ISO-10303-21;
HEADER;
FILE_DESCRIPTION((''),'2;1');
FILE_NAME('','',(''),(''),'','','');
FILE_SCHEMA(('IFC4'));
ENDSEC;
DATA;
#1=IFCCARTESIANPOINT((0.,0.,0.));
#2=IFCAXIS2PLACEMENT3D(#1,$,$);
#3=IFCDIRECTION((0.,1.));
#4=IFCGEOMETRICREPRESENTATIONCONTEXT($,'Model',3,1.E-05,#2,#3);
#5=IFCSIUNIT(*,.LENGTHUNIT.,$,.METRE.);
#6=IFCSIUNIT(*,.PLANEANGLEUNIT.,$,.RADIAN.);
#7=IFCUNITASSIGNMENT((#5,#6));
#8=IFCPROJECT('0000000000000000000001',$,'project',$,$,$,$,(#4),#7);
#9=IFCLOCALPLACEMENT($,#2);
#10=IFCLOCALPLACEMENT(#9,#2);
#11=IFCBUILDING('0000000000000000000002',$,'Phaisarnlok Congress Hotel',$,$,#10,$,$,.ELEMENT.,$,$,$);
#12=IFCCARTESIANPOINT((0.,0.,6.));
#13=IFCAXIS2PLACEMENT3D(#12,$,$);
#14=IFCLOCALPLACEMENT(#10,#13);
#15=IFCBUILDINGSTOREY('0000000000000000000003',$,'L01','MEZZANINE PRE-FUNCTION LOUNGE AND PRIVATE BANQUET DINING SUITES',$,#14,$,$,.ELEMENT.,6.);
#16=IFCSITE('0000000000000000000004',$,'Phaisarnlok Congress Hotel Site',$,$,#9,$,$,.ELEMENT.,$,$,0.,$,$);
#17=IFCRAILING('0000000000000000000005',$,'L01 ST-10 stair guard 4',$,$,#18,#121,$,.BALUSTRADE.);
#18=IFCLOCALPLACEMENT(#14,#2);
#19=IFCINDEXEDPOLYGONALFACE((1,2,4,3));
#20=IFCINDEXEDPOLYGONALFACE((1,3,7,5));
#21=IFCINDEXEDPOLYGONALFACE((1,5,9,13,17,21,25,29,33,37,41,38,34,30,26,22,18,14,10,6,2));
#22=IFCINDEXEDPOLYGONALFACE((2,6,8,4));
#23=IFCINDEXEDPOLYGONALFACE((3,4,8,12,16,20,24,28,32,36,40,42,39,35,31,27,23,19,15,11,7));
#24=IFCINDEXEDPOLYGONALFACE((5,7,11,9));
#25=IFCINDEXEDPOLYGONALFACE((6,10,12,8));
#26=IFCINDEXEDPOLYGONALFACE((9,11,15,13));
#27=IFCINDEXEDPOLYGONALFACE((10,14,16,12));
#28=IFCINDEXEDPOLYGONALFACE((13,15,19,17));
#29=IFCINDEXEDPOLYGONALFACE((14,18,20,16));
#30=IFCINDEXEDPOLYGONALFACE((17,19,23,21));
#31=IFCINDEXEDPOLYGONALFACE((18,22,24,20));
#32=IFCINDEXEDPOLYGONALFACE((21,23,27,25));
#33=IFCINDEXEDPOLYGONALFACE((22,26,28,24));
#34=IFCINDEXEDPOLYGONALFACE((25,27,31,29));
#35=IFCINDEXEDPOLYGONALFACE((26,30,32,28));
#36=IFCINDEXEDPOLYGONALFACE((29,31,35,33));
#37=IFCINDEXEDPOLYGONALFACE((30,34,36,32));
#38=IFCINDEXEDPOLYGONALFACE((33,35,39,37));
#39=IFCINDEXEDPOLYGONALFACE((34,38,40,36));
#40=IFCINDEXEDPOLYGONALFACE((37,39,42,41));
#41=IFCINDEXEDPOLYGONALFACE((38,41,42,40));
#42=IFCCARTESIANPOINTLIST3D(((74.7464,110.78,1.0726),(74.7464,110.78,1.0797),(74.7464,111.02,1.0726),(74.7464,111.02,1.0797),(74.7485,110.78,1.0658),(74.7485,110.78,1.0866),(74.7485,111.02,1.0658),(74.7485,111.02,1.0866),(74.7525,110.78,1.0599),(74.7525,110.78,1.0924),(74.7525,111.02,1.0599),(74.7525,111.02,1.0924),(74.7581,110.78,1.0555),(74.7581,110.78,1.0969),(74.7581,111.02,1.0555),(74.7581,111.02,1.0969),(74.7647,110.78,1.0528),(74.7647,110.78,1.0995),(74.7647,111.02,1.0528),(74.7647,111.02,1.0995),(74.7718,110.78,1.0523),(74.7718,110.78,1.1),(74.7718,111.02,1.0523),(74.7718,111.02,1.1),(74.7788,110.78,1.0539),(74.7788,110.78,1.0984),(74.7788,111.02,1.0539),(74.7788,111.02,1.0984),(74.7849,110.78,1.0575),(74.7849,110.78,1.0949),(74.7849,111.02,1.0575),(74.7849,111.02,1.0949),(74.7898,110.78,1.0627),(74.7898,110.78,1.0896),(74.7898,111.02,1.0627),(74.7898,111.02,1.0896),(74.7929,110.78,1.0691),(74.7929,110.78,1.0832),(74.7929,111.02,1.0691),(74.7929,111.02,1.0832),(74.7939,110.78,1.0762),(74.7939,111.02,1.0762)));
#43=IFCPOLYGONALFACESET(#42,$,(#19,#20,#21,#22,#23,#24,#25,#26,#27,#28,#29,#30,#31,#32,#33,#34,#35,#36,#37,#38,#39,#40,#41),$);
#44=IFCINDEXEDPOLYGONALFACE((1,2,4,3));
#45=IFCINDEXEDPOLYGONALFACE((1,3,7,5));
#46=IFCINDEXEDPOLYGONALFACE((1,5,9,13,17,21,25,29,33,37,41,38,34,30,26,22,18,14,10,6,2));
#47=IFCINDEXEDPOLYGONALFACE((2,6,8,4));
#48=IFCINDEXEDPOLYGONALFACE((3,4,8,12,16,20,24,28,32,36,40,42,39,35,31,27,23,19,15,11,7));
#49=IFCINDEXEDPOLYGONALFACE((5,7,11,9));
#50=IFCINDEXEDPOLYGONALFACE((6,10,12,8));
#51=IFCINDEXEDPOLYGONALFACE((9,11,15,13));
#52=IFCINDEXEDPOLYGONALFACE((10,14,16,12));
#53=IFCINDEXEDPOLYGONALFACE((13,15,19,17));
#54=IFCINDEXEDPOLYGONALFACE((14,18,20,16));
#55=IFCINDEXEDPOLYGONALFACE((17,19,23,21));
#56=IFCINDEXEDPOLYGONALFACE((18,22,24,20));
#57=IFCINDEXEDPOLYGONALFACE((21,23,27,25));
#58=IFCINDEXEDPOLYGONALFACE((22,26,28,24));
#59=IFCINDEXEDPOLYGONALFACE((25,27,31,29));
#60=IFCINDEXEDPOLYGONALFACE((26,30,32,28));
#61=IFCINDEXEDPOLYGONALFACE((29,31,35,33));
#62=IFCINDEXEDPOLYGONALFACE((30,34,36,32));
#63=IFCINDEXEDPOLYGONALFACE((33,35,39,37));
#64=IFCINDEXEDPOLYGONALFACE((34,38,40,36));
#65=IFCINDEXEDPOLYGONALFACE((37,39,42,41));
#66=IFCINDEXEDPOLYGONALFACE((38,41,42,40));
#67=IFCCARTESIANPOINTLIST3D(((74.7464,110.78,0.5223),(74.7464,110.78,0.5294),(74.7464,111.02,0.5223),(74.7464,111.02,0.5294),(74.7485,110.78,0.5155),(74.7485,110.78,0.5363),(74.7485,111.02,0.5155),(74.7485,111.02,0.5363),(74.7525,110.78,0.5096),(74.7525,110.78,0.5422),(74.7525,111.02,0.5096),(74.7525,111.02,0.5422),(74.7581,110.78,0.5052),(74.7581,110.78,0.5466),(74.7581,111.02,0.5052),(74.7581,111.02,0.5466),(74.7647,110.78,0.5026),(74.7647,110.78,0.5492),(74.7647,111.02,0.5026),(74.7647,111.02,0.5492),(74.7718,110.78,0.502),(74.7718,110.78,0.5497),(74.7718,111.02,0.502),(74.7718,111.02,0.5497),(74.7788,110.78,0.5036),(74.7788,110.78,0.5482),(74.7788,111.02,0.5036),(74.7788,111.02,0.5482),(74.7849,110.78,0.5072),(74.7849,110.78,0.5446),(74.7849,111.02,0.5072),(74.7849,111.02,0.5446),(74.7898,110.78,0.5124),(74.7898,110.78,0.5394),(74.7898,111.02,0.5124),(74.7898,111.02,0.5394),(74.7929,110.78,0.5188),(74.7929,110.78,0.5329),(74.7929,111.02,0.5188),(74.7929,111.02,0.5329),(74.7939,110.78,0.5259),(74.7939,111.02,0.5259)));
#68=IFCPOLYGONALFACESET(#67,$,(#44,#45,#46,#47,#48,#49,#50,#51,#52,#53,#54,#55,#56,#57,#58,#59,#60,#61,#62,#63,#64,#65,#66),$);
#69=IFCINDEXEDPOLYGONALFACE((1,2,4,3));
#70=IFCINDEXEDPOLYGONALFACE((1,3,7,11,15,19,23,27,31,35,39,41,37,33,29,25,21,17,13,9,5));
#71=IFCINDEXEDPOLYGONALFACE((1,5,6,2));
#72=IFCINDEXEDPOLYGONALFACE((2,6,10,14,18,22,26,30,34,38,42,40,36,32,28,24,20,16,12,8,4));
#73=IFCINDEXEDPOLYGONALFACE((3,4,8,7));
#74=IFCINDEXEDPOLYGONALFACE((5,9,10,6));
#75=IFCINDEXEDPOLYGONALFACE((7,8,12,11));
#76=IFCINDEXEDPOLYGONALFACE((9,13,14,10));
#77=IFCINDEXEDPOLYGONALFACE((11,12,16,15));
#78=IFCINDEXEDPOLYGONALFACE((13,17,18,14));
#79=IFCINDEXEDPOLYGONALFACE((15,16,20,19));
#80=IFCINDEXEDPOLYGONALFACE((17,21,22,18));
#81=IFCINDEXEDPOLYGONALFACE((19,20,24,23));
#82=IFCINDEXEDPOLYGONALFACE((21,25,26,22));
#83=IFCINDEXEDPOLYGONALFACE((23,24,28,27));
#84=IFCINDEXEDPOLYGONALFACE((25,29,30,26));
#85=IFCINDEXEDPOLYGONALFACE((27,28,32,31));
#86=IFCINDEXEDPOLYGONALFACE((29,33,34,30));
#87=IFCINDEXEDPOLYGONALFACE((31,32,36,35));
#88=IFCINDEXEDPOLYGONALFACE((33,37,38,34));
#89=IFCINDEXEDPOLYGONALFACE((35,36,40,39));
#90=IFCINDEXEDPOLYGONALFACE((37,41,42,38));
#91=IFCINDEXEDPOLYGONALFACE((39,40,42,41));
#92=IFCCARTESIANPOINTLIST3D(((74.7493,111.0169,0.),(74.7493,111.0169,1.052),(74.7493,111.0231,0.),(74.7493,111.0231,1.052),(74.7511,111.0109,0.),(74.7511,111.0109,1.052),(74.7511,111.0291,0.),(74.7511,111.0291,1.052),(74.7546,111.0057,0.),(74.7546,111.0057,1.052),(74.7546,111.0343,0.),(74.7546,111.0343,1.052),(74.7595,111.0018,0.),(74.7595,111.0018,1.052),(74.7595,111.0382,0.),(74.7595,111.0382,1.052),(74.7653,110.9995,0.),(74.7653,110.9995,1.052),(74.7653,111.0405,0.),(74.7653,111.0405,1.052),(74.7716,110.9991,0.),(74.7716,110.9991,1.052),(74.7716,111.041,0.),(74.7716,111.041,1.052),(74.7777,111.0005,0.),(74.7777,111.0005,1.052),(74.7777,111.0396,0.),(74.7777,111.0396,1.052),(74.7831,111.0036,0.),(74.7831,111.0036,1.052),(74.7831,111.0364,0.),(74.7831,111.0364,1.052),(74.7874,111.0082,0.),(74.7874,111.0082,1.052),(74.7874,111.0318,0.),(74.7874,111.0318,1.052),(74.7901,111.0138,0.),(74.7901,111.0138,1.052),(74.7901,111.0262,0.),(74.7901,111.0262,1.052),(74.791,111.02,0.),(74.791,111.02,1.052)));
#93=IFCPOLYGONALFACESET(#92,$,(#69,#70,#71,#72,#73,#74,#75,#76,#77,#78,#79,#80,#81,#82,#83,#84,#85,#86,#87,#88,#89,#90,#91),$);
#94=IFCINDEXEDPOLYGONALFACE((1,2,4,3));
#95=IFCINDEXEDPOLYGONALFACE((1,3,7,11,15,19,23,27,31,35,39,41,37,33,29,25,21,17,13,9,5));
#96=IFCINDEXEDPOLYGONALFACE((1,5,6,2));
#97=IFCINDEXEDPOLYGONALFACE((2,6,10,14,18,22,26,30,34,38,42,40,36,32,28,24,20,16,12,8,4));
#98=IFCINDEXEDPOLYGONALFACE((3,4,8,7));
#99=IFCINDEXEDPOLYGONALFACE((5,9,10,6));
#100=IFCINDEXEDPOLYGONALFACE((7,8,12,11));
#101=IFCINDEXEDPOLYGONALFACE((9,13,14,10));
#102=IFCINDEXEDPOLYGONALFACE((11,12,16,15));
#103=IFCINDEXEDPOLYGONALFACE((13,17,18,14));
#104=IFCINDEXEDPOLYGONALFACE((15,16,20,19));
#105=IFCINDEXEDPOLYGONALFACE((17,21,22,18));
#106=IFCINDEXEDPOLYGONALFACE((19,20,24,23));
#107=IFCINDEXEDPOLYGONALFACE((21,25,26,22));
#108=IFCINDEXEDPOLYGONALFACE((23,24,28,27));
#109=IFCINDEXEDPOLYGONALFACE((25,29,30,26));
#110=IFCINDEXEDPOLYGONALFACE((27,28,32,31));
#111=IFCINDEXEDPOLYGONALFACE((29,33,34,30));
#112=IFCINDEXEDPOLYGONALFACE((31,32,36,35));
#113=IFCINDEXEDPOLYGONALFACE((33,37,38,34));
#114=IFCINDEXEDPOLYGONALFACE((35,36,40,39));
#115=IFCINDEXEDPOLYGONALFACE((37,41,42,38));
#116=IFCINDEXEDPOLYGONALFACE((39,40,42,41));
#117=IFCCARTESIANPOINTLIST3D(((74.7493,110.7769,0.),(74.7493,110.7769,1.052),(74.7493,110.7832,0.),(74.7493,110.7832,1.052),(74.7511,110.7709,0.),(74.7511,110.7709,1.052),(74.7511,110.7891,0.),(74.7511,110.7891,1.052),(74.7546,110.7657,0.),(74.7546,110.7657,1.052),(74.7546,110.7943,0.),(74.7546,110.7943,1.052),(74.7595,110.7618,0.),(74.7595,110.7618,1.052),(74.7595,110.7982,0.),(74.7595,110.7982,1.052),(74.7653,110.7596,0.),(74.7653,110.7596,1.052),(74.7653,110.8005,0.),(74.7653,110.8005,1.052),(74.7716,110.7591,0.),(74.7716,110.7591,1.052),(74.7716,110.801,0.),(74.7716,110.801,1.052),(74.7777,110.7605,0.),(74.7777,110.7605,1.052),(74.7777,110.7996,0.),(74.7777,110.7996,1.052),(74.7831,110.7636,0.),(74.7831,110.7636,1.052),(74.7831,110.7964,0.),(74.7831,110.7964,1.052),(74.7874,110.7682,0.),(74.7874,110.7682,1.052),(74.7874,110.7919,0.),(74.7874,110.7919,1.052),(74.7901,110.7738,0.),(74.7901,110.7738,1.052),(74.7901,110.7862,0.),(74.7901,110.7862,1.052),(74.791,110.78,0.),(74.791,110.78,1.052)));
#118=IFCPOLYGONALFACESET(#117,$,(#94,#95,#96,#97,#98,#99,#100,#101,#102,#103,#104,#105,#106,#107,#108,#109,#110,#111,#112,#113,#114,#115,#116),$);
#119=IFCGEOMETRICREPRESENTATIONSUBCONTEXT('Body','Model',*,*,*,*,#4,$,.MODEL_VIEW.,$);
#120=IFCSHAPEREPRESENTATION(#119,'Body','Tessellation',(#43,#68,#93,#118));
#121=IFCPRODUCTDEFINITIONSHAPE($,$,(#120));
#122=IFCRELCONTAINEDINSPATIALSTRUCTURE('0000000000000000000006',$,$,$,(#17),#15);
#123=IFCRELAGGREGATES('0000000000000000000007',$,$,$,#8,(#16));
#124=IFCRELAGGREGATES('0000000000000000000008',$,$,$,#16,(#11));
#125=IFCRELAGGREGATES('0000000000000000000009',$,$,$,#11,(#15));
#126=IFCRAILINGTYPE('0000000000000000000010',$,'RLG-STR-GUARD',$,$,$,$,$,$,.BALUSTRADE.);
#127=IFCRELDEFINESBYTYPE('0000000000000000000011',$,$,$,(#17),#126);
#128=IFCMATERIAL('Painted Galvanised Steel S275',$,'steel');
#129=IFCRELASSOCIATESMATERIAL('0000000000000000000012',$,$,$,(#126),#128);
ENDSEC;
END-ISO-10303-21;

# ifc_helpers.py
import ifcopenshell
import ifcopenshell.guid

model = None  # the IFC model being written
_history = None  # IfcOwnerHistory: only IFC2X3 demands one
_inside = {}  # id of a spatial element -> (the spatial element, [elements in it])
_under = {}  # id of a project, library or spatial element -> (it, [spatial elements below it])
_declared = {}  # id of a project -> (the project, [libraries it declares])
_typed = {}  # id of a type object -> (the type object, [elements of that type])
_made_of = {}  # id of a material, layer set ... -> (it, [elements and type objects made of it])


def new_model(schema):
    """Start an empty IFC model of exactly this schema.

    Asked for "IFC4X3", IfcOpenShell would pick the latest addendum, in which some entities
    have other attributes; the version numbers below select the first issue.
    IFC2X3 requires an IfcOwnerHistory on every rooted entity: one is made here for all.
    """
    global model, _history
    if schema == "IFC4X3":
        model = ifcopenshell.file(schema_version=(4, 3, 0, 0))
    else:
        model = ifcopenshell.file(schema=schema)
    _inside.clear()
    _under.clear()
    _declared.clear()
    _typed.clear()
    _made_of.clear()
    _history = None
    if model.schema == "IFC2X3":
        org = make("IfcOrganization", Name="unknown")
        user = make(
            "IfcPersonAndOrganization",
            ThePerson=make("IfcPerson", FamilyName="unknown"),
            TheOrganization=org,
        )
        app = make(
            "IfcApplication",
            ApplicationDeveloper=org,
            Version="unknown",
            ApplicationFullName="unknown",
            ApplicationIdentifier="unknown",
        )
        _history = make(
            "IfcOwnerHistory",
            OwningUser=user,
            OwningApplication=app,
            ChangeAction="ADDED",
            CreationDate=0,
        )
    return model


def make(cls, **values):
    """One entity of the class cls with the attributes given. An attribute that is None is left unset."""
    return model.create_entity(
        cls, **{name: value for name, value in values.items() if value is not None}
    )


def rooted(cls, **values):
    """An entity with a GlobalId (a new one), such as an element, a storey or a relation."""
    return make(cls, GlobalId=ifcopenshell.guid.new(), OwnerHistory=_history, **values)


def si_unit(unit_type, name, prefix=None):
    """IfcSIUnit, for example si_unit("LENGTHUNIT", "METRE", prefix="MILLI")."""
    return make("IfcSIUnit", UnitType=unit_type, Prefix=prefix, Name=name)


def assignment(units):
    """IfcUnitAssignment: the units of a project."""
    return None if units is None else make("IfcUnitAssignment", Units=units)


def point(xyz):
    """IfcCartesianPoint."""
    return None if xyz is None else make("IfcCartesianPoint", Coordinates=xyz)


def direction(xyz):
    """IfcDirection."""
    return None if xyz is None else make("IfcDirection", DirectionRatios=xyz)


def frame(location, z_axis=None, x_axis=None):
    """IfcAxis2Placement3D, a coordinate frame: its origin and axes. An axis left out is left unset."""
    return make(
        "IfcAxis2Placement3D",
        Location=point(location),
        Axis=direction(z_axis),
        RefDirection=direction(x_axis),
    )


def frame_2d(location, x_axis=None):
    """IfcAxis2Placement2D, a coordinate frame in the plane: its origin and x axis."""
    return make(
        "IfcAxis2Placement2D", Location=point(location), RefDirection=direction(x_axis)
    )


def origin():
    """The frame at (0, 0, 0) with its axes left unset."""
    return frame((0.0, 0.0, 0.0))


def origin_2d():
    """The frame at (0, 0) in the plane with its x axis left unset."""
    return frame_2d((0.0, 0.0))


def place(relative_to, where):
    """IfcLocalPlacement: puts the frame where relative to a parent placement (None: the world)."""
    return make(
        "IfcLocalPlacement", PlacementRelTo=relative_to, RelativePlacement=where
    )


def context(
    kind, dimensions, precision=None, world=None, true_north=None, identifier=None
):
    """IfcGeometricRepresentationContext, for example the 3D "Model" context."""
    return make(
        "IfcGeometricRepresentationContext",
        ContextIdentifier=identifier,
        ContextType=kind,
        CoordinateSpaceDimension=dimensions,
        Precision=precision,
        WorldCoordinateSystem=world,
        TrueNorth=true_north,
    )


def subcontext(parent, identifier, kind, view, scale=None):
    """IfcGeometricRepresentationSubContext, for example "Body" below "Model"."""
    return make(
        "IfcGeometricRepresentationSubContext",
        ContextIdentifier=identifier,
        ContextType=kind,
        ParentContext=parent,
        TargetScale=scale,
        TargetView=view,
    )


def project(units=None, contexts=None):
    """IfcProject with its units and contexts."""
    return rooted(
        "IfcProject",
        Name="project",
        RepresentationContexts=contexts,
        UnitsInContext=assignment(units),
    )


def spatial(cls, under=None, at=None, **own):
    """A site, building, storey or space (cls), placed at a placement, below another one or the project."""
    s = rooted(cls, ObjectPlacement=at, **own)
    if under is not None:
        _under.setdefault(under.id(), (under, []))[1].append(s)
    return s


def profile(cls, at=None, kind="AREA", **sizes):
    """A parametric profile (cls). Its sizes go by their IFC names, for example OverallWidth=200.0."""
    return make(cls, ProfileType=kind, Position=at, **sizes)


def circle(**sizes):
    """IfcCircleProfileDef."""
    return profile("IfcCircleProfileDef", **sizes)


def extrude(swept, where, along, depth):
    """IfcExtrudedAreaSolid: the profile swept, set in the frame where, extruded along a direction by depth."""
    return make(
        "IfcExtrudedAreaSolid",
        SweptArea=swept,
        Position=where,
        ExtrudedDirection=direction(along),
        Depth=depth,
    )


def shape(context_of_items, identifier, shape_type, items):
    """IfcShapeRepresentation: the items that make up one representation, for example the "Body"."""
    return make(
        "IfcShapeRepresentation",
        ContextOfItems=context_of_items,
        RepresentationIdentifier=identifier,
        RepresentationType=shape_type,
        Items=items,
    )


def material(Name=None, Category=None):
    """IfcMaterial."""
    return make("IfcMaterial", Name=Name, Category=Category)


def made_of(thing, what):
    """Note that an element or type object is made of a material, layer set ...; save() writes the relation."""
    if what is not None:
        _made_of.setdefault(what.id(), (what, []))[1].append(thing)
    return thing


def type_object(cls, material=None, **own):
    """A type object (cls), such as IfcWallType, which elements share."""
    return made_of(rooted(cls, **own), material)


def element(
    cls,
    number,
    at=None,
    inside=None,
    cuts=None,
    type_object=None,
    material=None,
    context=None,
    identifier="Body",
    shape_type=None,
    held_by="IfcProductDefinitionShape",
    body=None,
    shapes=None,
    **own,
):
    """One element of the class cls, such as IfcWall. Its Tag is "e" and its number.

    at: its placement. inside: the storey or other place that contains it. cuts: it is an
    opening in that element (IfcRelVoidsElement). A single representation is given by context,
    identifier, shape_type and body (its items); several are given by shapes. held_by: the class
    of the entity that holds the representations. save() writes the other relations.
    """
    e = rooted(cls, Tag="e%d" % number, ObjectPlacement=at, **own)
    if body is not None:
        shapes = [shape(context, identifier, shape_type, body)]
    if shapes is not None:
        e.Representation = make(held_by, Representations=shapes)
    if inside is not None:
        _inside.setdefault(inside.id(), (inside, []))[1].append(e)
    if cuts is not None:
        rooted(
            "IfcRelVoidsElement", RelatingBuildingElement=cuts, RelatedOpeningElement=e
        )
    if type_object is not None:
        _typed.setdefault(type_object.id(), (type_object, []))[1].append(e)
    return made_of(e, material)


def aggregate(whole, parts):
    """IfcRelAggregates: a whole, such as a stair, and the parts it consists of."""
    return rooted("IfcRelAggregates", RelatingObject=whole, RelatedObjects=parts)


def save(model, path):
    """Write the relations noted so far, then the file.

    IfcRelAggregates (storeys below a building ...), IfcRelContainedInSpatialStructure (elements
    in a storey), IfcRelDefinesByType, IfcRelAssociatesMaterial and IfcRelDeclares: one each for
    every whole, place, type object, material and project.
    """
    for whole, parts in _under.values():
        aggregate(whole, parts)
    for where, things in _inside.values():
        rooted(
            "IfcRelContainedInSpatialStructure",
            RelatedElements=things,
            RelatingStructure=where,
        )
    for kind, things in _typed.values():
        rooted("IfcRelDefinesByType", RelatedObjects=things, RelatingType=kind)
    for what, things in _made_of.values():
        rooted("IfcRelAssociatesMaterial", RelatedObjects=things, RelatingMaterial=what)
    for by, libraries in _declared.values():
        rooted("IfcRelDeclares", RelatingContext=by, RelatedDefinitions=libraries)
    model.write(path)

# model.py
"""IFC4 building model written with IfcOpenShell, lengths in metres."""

from ifc_helpers import new_model, si_unit, direction, frame, origin, origin_2d, place, context, subcontext, project, spatial, circle, extrude, material, type_object, element, save


model = new_model("IFC4")

# Units and contexts
model_context = context("Model", 3, precision=1e-05, world=origin(), true_north=direction((0.0, 1.0)))
body_context = subcontext(model_context, "Body", "Model", "MODEL_VIEW")
ifc_project = project(units=[si_unit("LENGTHUNIT", "METRE"), si_unit("PLANEANGLEUNIT", "RADIAN")], contexts=[model_context])

# Site, building, storey
site_placement = place(None, origin())
site = spatial("IfcSite", under=ifc_project, at=site_placement, Name="Phaisarnlok Congress Hotel Site", CompositionType="ELEMENT", RefElevation=0.0)
building_placement = place(site_placement, origin())
building = spatial("IfcBuilding", under=site, at=building_placement, Name="Phaisarnlok Congress Hotel", CompositionType="ELEMENT")
storey_placement = place(building_placement, frame((0.0, 0.0, 6.0)))
storey = spatial("IfcBuildingStorey", under=building, at=storey_placement, Name="L01", Description="MEZZANINE PRE-FUNCTION LOUNGE AND PRIVATE BANQUET DINING SUITES", CompositionType="ELEMENT", Elevation=6.0)

# Railing
ifc_material_1 = material(Name="Painted Galvanised Steel S275", Category="steel")
railing_type_1 = type_object("IfcRailingType", Name="RLG-STR-GUARD", PredefinedType="BALUSTRADE", material=ifc_material_1)
for number, where, name in (
    (1, (74.77, 111.02, 0.0), "L01 ST-10 stair guard 4"),
):
    element("IfcRailing", number, at=place(storey_placement, frame(where)), inside=storey, type_object=railing_type_1, Name=name, PredefinedType="BALUSTRADE", context=body_context, shape_type="SweptSolid", body=[
        extrude(circle(Radius=0.0239, at=origin_2d()), frame((0.0, 0.0, 1.0762), z_axis=(0.0, -1.0, 0.0), x_axis=(1.0, 0.0, 0.0)), (0.0, 0.0, 1.0), 0.24),
        extrude(circle(Radius=0.0239, at=origin_2d()), frame((0.0, 0.0, 0.5259), z_axis=(0.0, -1.0, 0.0), x_axis=(1.0, 0.0, 0.0)), (0.0, 0.0, 1.0), 0.24),
        extrude(circle(Radius=0.021, at=origin_2d()), origin(), (0.0, 0.0, 1.0), 1.052),
        extrude(circle(Radius=0.021, at=origin_2d()), frame((0.0, -0.24, 0.0)), (0.0, 0.0, 1.0), 1.052),
    ])

save(model, "model.ifc")
